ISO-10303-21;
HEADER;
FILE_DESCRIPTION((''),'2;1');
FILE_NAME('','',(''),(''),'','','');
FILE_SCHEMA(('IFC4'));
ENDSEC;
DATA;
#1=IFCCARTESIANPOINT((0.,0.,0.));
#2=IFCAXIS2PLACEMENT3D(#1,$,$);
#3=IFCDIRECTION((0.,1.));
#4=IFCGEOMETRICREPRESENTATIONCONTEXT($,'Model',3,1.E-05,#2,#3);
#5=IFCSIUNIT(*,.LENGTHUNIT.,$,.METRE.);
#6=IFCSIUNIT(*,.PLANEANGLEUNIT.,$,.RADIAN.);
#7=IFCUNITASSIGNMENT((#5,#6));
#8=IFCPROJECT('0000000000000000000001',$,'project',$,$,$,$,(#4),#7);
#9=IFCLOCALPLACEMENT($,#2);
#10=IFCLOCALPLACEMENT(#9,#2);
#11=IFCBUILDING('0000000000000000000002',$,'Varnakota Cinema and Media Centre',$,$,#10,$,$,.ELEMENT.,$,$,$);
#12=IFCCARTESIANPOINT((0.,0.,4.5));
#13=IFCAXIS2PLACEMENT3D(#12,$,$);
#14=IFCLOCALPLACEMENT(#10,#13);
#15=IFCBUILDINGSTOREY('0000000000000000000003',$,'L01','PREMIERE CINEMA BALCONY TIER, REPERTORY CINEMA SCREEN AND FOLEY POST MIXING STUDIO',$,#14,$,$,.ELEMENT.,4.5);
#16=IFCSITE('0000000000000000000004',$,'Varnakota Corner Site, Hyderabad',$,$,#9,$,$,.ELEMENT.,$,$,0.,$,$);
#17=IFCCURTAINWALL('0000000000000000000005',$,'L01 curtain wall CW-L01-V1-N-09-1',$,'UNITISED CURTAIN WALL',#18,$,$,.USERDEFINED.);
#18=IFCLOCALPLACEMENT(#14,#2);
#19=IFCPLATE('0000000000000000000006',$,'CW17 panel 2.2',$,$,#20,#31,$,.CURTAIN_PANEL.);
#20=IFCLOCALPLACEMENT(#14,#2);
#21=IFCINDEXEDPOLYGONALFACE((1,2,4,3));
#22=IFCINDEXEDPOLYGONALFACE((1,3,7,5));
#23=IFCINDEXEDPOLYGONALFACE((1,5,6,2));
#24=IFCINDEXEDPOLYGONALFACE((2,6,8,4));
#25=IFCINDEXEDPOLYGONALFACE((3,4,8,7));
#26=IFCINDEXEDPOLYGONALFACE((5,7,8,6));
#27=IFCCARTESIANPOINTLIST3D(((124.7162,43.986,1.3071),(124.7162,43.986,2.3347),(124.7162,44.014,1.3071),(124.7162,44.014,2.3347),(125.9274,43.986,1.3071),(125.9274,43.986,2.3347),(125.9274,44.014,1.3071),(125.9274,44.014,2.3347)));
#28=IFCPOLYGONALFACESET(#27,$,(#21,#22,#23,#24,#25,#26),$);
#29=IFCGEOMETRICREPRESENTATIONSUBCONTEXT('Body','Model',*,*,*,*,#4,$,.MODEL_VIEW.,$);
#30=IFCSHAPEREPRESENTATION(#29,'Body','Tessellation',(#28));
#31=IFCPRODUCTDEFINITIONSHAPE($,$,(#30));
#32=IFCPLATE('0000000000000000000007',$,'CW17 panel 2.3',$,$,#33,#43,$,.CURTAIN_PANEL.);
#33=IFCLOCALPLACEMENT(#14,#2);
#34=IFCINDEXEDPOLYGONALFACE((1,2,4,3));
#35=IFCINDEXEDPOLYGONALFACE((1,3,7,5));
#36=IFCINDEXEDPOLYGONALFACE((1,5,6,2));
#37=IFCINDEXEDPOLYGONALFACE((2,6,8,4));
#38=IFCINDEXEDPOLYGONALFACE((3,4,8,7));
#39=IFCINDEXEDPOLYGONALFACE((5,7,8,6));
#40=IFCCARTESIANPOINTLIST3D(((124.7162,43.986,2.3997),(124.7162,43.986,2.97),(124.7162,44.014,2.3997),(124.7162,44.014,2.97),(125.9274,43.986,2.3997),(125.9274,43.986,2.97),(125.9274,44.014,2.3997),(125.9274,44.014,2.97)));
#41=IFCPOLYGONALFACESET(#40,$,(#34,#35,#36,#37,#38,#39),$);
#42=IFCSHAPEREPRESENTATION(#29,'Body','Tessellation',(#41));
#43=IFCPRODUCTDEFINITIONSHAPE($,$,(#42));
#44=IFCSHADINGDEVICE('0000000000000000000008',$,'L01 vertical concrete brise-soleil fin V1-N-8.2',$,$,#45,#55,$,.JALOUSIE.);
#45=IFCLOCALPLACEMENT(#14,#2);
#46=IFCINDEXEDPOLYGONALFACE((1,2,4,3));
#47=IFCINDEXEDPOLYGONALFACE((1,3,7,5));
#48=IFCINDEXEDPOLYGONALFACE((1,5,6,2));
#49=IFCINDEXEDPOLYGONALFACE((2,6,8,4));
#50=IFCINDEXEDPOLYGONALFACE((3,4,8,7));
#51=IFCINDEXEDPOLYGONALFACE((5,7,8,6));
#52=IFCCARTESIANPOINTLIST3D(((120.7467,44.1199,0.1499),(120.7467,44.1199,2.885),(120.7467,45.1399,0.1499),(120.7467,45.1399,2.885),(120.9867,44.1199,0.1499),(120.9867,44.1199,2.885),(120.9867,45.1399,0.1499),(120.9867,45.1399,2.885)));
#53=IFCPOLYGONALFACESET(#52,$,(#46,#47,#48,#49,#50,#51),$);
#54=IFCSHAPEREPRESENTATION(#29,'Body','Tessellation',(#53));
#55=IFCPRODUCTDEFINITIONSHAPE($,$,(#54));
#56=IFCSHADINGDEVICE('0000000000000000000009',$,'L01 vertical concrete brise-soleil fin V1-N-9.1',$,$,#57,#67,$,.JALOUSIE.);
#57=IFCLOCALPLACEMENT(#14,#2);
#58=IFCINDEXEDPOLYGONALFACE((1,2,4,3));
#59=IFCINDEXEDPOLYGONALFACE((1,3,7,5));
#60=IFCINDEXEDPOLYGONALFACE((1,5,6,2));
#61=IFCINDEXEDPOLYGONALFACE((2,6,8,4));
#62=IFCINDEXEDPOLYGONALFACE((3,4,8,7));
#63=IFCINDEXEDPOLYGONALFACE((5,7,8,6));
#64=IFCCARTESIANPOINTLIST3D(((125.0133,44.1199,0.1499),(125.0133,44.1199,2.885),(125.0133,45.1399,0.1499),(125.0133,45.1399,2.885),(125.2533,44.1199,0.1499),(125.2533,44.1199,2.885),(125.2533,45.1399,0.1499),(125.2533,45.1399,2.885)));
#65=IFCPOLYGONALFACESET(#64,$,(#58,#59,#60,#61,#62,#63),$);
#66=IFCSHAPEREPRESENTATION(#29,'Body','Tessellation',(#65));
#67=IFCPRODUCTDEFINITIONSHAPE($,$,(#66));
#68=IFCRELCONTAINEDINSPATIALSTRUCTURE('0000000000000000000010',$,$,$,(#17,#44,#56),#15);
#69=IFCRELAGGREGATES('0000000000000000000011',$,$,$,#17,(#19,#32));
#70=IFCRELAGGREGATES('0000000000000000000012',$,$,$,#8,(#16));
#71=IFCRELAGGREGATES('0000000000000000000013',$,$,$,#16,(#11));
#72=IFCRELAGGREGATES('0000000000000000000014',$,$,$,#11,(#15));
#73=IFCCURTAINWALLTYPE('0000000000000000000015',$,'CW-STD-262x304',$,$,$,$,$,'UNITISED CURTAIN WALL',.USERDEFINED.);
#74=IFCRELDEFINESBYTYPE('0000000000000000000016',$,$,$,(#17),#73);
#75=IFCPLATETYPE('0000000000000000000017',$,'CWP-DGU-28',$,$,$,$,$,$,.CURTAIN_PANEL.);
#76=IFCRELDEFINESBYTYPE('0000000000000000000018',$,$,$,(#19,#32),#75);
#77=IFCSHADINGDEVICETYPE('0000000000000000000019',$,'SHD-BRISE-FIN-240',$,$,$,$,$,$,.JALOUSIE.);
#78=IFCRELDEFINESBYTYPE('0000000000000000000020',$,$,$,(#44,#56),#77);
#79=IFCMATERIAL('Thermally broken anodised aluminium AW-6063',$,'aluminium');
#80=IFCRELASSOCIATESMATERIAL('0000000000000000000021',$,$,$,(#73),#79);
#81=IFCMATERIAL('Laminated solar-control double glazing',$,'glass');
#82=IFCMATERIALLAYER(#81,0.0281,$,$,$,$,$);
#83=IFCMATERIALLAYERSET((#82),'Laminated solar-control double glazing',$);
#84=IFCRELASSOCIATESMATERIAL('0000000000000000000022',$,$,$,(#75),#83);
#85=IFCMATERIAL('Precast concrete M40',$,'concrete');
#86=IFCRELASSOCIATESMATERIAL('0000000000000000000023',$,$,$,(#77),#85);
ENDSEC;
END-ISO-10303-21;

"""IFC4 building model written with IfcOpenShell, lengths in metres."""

from ifc_helpers import new_model, si_unit, direction, frame, origin, origin_2d, place, context, subcontext, project, spatial, rectangle, extrude, material, layer, layer_set, type_object, element, aggregate, save


model = new_model("IFC4")

# Units and contexts
model_context = context("Model", 3, precision=1e-05, world=origin(), true_north=direction((0.0, 1.0)))
body_context = subcontext(model_context, "Body", "Model", "MODEL_VIEW")
ifc_project = project(units=[si_unit("LENGTHUNIT", "METRE"), si_unit("PLANEANGLEUNIT", "RADIAN")], contexts=[model_context])

# Site, building, storey
site_placement = place(None, origin())
site = spatial("IfcSite", under=ifc_project, at=site_placement, Name="Varnakota Corner Site, Hyderabad", CompositionType="ELEMENT", RefElevation=0.0)
building_placement = place(site_placement, origin())
building = spatial("IfcBuilding", under=site, at=building_placement, Name="Varnakota Cinema and Media Centre", CompositionType="ELEMENT")
storey_placement = place(building_placement, frame((0.0, 0.0, 4.5)))
storey = spatial("IfcBuildingStorey", under=building, at=storey_placement, Name="L01", Description="PREMIERE CINEMA BALCONY TIER, REPERTORY CINEMA SCREEN AND FOLEY POST MIXING STUDIO", CompositionType="ELEMENT", Elevation=4.5)

# Curtain wall
ifc_material_1 = material(Name="Thermally broken anodised aluminium AW-6063", Category="aluminium")
curtain_wall_type = type_object("IfcCurtainWallType", Name="CW-STD-262x304", ElementType="UNITISED CURTAIN WALL", PredefinedType="USERDEFINED", material=ifc_material_1)
curtain_wall_1_placement = place(storey_placement, origin())
curtain_wall_1 = element("IfcCurtainWall", 1, at=curtain_wall_1_placement, inside=storey, type_object=curtain_wall_type, Name="L01 curtain wall CW-L01-V1-N-09-1", ObjectType="UNITISED CURTAIN WALL", PredefinedType="USERDEFINED")

# Plates
ifc_material_2 = material(Name="Laminated solar-control double glazing", Category="glass")
ifc_layer = layer(ifc_material_2, 0.0281)
ifc_layer_set = layer_set([ifc_layer], Name="Laminated solar-control double glazing")
plate_type = type_object("IfcPlateType", Name="CWP-DGU-28", PredefinedType="CURTAIN_PANEL", material=ifc_layer_set)
plate_1_placement = place(storey_placement, frame((125.3218, 44.0, 1.3071), z_axis=(0.0, 0.0, 1.0), x_axis=(1.0, 0.0, 0.0)))
plate_1 = element("IfcPlate", 2, at=plate_1_placement, type_object=plate_type, Name="CW17 panel 2.2", PredefinedType="CURTAIN_PANEL", context=body_context, shape_type="SweptSolid", body=[
    extrude(rectangle(XDim=1.2112, YDim=0.0281, at=origin_2d()), origin(), (0.0, 0.0, 1.0), 1.0276),
])
plate_2_placement = place(storey_placement, frame((125.3218, 44.0, 2.3997), z_axis=(0.0, 0.0, 1.0), x_axis=(1.0, 0.0, 0.0)))
plate_2 = element("IfcPlate", 3, at=plate_2_placement, type_object=plate_type, Name="CW17 panel 2.3", PredefinedType="CURTAIN_PANEL", context=body_context, shape_type="SweptSolid", body=[
    extrude(rectangle(XDim=1.2112, YDim=0.0281, at=origin_2d()), origin(), (0.0, 0.0, 1.0), 0.5703),
])
aggregate(curtain_wall_1, [plate_1, plate_2])

# Shading devices
ifc_material_3 = material(Name="Precast concrete M40", Category="concrete")
shading_device_type = type_object("IfcShadingDeviceType", Name="SHD-BRISE-FIN-240", PredefinedType="JALOUSIE", material=ifc_material_3)
for number, where, z_axis, x_axis, name in (
    (4, (120.8667, 44.6299, 0.1499), (0.0, 0.0, 1.0), (1.0, 0.0, 0.0), "L01 vertical concrete brise-soleil fin V1-N-8.2"),
    (5, (125.1333, 44.6299, 0.1499), (0.0, 0.0, 1.0), (1.0, 0.0, 0.0), "L01 vertical concrete brise-soleil fin V1-N-9.1"),
):
    element("IfcShadingDevice", number, at=place(storey_placement, frame(where, z_axis=z_axis, x_axis=x_axis)), inside=storey, type_object=shading_device_type, Name=name, PredefinedType="JALOUSIE", context=body_context, shape_type="SweptSolid", body=[
        extrude(rectangle(XDim=0.24, YDim=1.02, at=origin_2d()), origin(), (0.0, 0.0, 1.0), 2.7351),
    ])

save(model, "model.ifc")
